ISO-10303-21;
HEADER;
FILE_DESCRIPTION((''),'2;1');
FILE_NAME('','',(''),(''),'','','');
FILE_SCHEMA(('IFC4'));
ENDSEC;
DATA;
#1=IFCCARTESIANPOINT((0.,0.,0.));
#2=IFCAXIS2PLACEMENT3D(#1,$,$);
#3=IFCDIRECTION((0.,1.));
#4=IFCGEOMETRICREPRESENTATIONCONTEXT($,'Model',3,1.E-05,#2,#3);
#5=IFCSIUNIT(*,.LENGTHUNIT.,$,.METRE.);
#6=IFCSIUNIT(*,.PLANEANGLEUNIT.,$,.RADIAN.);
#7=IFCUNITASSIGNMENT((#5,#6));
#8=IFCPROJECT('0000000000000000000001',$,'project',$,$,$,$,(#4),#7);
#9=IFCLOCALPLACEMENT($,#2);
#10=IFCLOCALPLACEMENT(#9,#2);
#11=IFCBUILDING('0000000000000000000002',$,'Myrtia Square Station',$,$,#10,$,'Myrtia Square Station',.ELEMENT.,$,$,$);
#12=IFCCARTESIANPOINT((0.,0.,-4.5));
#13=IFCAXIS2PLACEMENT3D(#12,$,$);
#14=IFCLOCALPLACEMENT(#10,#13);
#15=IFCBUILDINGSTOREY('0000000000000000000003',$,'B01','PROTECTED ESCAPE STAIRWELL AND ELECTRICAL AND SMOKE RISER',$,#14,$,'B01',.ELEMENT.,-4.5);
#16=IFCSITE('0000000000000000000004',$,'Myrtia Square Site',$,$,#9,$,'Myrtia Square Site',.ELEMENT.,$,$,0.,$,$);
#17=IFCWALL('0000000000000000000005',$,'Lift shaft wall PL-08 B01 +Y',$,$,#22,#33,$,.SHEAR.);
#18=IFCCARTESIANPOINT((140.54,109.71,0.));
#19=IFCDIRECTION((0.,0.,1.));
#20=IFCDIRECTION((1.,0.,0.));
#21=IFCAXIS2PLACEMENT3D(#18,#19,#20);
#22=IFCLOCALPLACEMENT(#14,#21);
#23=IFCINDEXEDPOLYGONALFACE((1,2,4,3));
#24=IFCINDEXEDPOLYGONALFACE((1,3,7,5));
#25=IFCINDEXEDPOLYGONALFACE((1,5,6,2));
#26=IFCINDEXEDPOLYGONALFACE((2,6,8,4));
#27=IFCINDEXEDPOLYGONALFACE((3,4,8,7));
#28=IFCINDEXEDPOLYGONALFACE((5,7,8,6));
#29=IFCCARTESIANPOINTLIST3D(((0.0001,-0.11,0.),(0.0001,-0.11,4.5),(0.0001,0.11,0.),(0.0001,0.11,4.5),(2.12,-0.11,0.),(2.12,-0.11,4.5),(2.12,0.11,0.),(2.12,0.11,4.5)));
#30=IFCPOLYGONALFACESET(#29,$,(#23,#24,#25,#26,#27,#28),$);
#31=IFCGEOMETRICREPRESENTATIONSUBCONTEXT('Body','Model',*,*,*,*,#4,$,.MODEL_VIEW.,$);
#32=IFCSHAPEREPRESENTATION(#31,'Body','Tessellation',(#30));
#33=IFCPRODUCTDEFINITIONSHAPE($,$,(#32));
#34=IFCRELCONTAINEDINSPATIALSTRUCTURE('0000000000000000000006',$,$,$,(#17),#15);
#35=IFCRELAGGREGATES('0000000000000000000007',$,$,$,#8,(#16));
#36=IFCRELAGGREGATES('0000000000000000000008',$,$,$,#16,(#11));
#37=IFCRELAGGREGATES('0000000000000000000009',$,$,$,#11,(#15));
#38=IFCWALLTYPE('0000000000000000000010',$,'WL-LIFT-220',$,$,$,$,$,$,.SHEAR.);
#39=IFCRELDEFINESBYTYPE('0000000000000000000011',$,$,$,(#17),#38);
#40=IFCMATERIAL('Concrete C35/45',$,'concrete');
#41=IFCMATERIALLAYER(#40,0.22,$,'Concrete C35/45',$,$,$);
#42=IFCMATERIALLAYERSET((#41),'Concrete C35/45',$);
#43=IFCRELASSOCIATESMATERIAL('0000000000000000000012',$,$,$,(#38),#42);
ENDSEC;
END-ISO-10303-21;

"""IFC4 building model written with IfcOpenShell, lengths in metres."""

from ifc_helpers import new_model, si_unit, direction, frame, frame_2d, origin, place, context, subcontext, project, spatial, rectangle, extrude, material, layer, layer_set, type_object, element, save


model = new_model("IFC4")

# Units and contexts
model_context = context("Model", 3, precision=1e-05, world=origin(), true_north=direction((0.0, 1.0)))
body_context = subcontext(model_context, "Body", "Model", "MODEL_VIEW")
ifc_project = project(units=[si_unit("LENGTHUNIT", "METRE"), si_unit("PLANEANGLEUNIT", "RADIAN")], contexts=[model_context])

# Site, building, storey
site_placement = place(None, origin())
site = spatial("IfcSite", under=ifc_project, at=site_placement, Name="Myrtia Square Site", LongName="Myrtia Square Site", CompositionType="ELEMENT", RefElevation=0.0)
building_placement = place(site_placement, origin())
building = spatial("IfcBuilding", under=site, at=building_placement, Name="Myrtia Square Station", LongName="Myrtia Square Station", CompositionType="ELEMENT")
storey_placement = place(building_placement, frame((0.0, 0.0, -4.5)))
storey = spatial("IfcBuildingStorey", under=building, at=storey_placement, Name="B01", Description="PROTECTED ESCAPE STAIRWELL AND ELECTRICAL AND SMOKE RISER", LongName="B01", CompositionType="ELEMENT", Elevation=-4.5)

# Shared definitions
ifc_material_1 = material(Name="Concrete C35/45", Category="concrete")

# Shared definitions
ifc_layer_1 = layer(ifc_material_1, 0.22, Name="Concrete C35/45")
ifc_layer_set_1 = layer_set([ifc_layer_1], Name="Concrete C35/45")
wall_type_1 = type_object("IfcWallType", Name="WL-LIFT-220", PredefinedType="SHEAR", material=ifc_layer_set_1)

# Wall
wall_1_placement = place(storey_placement, frame((140.54, 109.71, 0.0), z_axis=(0.0, 0.0, 1.0), x_axis=(1.0, 0.0, 0.0)))
element("IfcWall", 1, at=wall_1_placement, inside=storey, type_object=wall_type_1, Name="Lift shaft wall PL-08 B01 +Y", PredefinedType="SHEAR", context=body_context, shape_type="SweptSolid", body=[
    extrude(rectangle(XDim=2.1199, YDim=0.22, at=frame_2d((1.0601, 0.0))), origin(), (0.0, 0.0, 1.0), 4.5),
])

save(model, "model.ifc")
